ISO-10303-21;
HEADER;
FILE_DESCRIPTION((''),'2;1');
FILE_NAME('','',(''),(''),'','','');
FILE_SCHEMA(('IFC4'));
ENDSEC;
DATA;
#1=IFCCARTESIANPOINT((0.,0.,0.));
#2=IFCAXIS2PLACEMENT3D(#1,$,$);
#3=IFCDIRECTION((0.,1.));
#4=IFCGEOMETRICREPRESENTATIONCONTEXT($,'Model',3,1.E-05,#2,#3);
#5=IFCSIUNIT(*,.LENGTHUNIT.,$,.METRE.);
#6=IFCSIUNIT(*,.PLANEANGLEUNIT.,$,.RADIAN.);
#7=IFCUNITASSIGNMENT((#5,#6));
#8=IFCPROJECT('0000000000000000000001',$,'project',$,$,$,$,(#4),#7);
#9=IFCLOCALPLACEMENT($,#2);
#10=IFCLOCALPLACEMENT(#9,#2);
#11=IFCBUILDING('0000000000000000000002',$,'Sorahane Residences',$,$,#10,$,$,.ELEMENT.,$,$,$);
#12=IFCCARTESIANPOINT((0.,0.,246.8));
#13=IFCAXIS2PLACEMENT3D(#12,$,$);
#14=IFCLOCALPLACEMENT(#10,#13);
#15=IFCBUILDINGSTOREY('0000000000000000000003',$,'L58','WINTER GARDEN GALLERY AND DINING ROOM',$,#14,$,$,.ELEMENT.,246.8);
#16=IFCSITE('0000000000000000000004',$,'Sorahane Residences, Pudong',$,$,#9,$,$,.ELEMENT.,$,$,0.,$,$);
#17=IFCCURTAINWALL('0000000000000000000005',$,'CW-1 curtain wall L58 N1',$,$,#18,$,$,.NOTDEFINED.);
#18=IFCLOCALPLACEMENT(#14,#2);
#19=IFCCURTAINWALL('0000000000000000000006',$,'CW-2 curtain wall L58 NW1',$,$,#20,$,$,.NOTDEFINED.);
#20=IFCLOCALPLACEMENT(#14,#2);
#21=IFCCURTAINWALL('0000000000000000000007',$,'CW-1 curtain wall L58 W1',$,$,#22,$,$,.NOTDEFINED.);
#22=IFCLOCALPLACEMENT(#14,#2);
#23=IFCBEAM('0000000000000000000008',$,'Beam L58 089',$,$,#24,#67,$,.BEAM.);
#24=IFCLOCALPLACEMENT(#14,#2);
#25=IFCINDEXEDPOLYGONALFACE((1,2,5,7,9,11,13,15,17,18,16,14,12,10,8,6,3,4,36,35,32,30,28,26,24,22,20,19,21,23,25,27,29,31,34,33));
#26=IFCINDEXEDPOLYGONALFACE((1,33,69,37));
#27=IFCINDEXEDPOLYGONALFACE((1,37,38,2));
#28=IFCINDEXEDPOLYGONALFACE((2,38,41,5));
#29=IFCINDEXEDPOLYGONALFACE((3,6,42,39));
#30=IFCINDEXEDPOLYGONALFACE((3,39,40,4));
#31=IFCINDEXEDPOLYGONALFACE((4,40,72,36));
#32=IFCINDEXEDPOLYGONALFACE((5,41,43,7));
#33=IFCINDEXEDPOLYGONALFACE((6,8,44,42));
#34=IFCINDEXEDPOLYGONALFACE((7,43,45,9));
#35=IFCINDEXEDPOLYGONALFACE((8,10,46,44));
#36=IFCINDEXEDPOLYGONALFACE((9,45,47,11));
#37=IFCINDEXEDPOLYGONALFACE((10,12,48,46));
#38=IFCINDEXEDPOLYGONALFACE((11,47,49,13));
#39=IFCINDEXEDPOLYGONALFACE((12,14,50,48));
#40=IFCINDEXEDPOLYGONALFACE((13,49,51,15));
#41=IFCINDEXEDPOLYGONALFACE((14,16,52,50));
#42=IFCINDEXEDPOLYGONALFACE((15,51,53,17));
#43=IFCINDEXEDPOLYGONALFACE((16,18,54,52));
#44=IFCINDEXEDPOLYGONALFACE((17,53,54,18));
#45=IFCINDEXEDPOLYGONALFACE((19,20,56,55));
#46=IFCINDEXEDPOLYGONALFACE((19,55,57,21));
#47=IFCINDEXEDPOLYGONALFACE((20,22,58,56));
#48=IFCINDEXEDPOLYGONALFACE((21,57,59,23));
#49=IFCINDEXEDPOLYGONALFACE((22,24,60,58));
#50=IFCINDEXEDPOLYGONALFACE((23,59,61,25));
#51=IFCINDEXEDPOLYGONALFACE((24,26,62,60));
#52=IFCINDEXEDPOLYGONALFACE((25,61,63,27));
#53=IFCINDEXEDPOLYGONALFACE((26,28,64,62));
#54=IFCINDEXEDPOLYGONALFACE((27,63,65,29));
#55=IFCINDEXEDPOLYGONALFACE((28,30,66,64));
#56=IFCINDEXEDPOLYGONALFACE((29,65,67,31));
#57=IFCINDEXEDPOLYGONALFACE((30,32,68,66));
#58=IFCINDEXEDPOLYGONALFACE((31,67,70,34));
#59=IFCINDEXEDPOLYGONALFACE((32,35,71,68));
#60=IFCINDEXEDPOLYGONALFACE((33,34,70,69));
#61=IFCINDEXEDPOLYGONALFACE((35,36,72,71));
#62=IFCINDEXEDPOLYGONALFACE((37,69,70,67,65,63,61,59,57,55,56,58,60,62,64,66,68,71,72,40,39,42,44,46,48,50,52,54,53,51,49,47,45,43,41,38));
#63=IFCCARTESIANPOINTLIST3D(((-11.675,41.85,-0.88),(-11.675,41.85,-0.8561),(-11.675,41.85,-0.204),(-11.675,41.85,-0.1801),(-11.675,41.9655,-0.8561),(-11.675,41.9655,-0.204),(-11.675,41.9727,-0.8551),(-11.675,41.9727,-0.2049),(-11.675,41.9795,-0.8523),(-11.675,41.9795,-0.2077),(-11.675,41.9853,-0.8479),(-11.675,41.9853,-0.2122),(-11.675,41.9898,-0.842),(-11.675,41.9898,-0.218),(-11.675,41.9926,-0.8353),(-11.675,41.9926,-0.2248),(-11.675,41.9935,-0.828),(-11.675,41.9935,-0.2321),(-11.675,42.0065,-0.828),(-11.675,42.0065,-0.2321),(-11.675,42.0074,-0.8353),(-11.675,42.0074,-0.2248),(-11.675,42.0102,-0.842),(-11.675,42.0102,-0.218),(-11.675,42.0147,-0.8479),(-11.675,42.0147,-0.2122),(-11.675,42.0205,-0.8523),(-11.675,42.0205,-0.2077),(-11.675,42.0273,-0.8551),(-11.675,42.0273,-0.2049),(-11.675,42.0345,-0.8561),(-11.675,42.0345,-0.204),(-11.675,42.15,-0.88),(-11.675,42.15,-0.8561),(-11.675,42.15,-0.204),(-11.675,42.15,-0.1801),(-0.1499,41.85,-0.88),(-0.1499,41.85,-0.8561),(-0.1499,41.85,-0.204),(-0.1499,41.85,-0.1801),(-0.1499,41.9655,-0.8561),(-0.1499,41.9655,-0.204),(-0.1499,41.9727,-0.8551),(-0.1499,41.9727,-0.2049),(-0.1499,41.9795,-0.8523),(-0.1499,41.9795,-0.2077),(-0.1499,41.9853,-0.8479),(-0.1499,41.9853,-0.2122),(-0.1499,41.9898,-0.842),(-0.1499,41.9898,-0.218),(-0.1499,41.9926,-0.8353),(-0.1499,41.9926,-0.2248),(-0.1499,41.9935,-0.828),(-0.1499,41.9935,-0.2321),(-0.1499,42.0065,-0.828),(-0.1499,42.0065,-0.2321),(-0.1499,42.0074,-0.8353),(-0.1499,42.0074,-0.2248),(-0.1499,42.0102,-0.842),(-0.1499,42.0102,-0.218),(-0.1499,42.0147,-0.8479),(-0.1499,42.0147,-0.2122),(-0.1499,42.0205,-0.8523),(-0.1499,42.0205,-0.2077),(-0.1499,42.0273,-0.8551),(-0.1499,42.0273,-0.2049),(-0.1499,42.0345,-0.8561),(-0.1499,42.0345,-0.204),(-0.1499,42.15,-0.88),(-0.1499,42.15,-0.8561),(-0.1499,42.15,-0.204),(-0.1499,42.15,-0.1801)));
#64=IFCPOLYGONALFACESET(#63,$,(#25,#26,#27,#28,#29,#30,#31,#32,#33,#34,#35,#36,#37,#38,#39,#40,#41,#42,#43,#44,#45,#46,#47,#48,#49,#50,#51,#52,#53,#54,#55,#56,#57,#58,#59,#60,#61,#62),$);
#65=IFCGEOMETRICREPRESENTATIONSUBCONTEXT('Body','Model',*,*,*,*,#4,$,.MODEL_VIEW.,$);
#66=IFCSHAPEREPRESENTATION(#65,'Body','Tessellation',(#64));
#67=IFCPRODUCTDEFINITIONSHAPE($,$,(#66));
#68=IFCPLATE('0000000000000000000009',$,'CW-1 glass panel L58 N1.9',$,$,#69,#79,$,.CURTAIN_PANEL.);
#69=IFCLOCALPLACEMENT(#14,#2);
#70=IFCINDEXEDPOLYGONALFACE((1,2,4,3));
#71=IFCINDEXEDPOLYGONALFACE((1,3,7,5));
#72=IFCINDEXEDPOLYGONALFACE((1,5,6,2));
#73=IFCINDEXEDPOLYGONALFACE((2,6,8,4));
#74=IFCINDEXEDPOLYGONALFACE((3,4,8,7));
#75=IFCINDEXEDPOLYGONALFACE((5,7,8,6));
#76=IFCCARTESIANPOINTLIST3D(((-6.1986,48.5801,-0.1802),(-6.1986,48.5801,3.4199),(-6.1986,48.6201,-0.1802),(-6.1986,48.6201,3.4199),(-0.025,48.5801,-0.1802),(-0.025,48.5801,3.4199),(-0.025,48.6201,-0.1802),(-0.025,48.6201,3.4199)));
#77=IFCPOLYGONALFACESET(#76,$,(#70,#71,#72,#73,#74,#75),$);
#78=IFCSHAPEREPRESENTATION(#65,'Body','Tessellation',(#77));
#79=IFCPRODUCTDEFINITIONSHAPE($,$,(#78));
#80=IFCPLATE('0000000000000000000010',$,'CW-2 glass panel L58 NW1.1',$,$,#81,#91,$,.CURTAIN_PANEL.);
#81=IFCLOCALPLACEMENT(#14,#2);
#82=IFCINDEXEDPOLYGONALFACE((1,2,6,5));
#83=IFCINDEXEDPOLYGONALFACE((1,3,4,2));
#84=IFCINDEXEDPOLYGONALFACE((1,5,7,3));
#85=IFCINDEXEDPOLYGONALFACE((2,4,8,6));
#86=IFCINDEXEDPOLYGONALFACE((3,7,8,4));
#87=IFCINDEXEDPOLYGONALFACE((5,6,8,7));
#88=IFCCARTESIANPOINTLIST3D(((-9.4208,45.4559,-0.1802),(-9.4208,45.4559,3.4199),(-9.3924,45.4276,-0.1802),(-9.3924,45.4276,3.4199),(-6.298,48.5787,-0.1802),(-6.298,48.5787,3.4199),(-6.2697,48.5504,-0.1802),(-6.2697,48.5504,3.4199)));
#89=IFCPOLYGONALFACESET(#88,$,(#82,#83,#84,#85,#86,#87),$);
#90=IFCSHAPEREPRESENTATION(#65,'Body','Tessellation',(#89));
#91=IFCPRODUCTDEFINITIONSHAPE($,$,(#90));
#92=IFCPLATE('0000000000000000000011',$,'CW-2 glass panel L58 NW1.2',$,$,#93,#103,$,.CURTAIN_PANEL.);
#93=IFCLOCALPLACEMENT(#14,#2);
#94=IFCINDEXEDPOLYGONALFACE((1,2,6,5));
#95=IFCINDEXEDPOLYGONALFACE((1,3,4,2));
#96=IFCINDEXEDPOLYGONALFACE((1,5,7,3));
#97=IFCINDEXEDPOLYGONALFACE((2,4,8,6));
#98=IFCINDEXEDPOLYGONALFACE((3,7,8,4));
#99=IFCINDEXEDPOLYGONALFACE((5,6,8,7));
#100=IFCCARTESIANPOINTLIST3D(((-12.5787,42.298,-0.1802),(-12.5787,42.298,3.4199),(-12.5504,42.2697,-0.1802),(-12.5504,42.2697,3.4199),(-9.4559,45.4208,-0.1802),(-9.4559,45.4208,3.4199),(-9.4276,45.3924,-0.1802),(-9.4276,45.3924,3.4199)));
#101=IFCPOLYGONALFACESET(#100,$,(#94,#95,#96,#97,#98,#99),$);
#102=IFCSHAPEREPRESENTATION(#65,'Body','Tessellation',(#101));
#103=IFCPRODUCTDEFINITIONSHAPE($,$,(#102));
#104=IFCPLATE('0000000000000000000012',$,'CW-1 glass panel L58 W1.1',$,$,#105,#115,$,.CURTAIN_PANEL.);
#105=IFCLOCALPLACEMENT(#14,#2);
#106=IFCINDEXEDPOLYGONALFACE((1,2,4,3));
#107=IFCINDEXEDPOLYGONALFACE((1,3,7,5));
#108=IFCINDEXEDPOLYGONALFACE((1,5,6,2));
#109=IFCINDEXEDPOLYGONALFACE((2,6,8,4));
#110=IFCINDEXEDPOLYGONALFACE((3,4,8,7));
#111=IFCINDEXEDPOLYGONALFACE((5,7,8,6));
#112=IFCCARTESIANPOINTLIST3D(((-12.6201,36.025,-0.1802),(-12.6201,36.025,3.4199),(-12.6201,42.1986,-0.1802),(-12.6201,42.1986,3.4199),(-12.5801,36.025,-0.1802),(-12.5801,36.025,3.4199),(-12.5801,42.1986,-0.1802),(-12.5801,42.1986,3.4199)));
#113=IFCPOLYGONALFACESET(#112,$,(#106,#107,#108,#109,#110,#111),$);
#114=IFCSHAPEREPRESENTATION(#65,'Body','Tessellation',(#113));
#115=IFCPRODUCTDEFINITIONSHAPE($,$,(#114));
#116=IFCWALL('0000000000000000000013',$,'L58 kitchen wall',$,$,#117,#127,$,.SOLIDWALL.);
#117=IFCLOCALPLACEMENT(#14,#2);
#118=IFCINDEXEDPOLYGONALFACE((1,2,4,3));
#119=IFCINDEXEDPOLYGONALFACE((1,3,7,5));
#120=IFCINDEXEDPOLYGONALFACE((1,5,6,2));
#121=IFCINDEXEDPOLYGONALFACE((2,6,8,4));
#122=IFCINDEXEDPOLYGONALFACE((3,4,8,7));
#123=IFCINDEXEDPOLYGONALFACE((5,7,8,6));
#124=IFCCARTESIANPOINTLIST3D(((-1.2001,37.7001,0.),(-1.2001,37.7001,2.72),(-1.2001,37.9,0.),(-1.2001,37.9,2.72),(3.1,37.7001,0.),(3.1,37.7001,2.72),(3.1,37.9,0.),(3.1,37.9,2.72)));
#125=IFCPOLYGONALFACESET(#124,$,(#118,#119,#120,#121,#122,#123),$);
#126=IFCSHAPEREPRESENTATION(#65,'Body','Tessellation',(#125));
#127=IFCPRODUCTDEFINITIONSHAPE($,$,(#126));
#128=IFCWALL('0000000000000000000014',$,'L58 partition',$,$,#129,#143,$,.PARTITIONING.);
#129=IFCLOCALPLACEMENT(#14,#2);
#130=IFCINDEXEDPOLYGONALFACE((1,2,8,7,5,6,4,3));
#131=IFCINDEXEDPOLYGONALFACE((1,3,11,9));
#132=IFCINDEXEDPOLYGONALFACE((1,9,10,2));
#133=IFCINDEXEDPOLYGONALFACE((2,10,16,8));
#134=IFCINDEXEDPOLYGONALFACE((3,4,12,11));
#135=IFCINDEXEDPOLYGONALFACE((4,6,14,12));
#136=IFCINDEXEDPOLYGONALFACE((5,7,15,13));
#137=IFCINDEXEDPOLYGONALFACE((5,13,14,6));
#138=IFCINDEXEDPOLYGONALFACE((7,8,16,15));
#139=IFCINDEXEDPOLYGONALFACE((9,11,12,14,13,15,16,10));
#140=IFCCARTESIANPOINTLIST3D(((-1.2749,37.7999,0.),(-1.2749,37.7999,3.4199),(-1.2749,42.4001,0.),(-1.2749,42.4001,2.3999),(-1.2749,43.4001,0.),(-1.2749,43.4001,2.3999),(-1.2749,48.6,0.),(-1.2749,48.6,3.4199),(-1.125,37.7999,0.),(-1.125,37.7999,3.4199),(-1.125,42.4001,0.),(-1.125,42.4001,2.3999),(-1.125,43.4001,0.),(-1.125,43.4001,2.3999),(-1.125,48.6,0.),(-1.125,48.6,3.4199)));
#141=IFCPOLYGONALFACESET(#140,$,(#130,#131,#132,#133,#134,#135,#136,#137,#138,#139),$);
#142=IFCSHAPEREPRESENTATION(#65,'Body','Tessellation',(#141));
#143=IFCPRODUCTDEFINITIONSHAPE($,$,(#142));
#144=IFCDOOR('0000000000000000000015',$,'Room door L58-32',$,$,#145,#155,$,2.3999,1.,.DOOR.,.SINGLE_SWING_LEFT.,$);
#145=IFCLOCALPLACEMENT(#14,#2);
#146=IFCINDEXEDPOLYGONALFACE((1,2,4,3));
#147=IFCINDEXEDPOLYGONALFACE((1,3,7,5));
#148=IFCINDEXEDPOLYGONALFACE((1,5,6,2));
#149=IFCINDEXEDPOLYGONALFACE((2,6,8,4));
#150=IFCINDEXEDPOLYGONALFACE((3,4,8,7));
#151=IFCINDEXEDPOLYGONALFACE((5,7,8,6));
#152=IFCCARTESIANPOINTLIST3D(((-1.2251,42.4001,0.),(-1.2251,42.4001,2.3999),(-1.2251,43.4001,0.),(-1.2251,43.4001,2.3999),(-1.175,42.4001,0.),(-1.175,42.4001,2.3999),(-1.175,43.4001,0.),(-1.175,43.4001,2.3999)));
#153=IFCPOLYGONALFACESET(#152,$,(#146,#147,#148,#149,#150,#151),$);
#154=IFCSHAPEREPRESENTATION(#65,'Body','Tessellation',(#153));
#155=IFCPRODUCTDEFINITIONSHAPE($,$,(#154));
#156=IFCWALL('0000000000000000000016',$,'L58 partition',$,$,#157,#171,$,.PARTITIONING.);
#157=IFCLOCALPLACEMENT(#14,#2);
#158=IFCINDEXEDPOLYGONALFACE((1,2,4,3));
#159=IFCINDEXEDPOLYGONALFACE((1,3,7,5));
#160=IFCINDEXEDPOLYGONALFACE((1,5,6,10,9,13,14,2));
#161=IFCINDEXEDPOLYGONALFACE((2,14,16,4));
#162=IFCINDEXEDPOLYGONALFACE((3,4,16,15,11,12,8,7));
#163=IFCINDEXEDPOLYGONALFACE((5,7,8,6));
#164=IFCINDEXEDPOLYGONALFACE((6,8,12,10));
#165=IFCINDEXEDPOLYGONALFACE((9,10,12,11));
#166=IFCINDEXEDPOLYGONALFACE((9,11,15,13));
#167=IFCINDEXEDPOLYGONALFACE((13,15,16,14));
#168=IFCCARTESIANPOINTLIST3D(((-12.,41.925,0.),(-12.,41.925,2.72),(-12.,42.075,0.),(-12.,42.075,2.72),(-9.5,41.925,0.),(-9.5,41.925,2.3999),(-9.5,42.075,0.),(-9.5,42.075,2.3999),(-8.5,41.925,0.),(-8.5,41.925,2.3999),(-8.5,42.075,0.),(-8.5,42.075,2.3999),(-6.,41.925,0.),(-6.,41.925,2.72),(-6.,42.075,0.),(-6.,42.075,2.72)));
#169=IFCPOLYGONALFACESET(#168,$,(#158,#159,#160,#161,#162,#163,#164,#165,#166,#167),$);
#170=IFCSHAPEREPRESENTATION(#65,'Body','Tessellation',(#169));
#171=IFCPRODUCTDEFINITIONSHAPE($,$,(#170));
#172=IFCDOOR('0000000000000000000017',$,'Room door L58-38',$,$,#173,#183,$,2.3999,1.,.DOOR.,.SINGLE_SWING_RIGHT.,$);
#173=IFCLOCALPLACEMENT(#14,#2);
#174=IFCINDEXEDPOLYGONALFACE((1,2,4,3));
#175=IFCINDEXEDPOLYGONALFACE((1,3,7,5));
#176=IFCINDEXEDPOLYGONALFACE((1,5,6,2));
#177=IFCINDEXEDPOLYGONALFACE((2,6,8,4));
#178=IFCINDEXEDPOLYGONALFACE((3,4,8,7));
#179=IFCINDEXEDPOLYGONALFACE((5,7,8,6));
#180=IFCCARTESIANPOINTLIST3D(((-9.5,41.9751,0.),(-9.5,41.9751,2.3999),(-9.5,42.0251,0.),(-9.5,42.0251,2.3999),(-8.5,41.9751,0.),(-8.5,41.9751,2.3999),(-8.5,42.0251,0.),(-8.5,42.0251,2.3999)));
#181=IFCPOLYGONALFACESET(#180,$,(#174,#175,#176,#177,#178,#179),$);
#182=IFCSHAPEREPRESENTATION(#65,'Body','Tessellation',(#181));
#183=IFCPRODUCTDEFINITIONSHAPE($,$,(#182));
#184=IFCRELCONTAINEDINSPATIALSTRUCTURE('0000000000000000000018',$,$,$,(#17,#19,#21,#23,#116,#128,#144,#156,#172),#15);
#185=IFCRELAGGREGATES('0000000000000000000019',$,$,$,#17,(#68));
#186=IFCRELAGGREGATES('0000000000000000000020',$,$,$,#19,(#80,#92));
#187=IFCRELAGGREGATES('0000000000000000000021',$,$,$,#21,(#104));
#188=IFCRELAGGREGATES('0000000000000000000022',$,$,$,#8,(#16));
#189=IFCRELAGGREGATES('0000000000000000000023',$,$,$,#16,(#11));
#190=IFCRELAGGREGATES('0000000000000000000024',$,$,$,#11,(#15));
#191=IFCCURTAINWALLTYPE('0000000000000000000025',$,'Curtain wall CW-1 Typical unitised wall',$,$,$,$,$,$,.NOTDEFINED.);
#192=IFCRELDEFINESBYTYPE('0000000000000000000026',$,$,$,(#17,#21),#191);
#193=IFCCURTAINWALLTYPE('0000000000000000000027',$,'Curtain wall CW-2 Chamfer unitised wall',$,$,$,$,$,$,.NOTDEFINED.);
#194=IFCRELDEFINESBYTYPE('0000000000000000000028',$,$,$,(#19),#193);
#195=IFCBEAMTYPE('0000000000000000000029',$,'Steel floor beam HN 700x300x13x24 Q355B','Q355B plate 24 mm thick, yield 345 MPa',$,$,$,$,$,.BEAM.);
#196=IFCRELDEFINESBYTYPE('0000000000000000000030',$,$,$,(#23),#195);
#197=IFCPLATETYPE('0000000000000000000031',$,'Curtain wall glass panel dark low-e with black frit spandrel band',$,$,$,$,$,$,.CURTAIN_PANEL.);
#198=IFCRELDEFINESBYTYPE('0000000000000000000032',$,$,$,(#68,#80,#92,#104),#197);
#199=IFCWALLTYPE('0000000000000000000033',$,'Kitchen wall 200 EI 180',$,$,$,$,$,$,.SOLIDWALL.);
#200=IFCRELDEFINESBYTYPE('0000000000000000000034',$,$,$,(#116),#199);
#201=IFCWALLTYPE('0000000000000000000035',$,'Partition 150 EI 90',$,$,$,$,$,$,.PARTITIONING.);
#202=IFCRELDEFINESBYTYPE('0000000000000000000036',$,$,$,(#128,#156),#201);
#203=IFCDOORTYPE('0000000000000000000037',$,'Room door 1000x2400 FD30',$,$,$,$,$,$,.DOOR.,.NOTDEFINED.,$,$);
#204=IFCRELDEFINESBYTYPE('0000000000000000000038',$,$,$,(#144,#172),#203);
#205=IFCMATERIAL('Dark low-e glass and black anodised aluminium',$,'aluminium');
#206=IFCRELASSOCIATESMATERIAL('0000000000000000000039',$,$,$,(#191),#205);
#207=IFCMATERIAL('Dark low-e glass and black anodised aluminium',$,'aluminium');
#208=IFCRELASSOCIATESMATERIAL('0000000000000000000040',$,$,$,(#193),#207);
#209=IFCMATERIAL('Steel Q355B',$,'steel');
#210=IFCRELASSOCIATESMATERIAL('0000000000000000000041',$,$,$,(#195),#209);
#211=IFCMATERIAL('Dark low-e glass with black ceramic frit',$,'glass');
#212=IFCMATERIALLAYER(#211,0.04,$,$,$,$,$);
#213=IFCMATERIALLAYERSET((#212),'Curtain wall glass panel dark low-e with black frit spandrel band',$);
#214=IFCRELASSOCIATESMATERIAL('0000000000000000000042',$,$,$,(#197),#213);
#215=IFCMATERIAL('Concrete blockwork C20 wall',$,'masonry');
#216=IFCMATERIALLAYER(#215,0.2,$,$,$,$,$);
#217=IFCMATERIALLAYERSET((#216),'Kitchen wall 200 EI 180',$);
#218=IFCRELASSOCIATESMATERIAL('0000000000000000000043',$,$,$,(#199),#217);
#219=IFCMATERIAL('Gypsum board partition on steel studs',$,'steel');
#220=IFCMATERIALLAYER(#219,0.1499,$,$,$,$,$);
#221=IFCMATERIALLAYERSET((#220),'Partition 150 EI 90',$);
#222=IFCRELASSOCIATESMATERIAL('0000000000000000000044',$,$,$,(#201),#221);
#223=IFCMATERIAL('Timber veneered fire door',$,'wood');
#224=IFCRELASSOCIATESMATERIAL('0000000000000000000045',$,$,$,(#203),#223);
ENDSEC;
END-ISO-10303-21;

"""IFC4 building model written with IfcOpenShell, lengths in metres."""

from ifc_helpers import new_model, si_unit, direction, frame, frame_2d, origin, origin_2d, place, context, subcontext, project, spatial, rectangle, i_section, extrude, material, layer, layer_set, material_profile, profile_set, type_object, element, fill, aggregate, save


model = new_model("IFC4")

# Units and contexts
model_context = context("Model", 3, precision=1e-05, world=origin(), true_north=direction((0.0, 1.0)))
body_context = subcontext(model_context, "Body", "Model", "MODEL_VIEW")
ifc_project = project(units=[si_unit("LENGTHUNIT", "METRE"), si_unit("PLANEANGLEUNIT", "RADIAN")], contexts=[model_context])

# Site, building, storey
site_placement = place(None, origin())
site = spatial("IfcSite", under=ifc_project, at=site_placement, Name="Sorahane Residences, Pudong", CompositionType="ELEMENT", RefElevation=0.0)
building_placement = place(site_placement, origin())
building = spatial("IfcBuilding", under=site, at=building_placement, Name="Sorahane Residences", CompositionType="ELEMENT")
storey_placement = place(building_placement, frame((0.0, 0.0, 246.8)))
storey = spatial("IfcBuildingStorey", under=building, at=storey_placement, Name="L58", Description="WINTER GARDEN GALLERY AND DINING ROOM", CompositionType="ELEMENT", Elevation=246.8)

# Curtain walls
ifc_material_1 = material(Name="Dark low-e glass and black anodised aluminium", Category="aluminium")
curtain_wall_type_1 = type_object("IfcCurtainWallType", Name="Curtain wall CW-1 Typical unitised wall", PredefinedType="NOTDEFINED", material=ifc_material_1)
curtain_wall_1_placement = place(storey_placement, origin())
curtain_wall_1 = element("IfcCurtainWall", 1, at=curtain_wall_1_placement, inside=storey, type_object=curtain_wall_type_1, Name="CW-1 curtain wall L58 N1", PredefinedType="NOTDEFINED")
ifc_material_2 = material(Name="Dark low-e glass and black anodised aluminium", Category="aluminium")
curtain_wall_type_2 = type_object("IfcCurtainWallType", Name="Curtain wall CW-2 Chamfer unitised wall", PredefinedType="NOTDEFINED", material=ifc_material_2)
curtain_wall_2_placement = place(storey_placement, origin())
curtain_wall_2 = element("IfcCurtainWall", 2, at=curtain_wall_2_placement, inside=storey, type_object=curtain_wall_type_2, Name="CW-2 curtain wall L58 NW1", PredefinedType="NOTDEFINED")

# Curtain wall
curtain_wall_3_placement = place(storey_placement, origin())
curtain_wall_3 = element("IfcCurtainWall", 3, at=curtain_wall_3_placement, inside=storey, type_object=curtain_wall_type_1, Name="CW-1 curtain wall L58 W1", PredefinedType="NOTDEFINED")

# Beam
ifc_material_3 = material(Name="Steel Q355B", Category="steel")
ifc_material_profile_1 = material_profile(ifc_material_3, i_section(OverallWidth=0.3, OverallDepth=0.7, WebThickness=0.0129, FlangeThickness=0.0239, FilletRadius=0.0281, at=origin_2d()), Name="HN 700x300x13x24")
ifc_profile_set_1 = profile_set([ifc_material_profile_1], Name="Steel Q355B")
beam_type_1 = type_object("IfcBeamType", Name="Steel floor beam HN 700x300x13x24 Q355B", Description="Q355B plate 24 mm thick, yield 345 MPa", PredefinedType="BEAM", material=ifc_profile_set_1)
beam_1_placement = place(storey_placement, frame((-11.675, 42.0, -0.53), z_axis=(1.0, 0.0, 0.0), x_axis=(0.0, 1.0, 0.0)))
element("IfcBeam", 4, at=beam_1_placement, inside=storey, type_object=beam_type_1, Name="Beam L58 089", PredefinedType="BEAM", context=body_context, shape_type="SweptSolid", body=[
    extrude(i_section(OverallWidth=0.3, OverallDepth=0.7, WebThickness=0.0129, FlangeThickness=0.0239, FilletRadius=0.0281, at=origin_2d()), origin(), (0.0, 0.0, 1.0), 11.5251),
])

# Plates
ifc_material_4 = material(Name="Dark low-e glass with black ceramic frit", Category="glass")
ifc_layer_1 = layer(ifc_material_4, 0.04)
ifc_layer_set_1 = layer_set([ifc_layer_1], Name="Curtain wall glass panel dark low-e with black frit spandrel band")
plate_type = type_object("IfcPlateType", Name="Curtain wall glass panel dark low-e with black frit spandrel band", PredefinedType="CURTAIN_PANEL", material=ifc_layer_set_1)
plate_1_placement = place(storey_placement, frame((-3.1118, 48.6001, -0.1802), z_axis=(0.0, 0.0, 1.0), x_axis=(-1.0, 0.0, 0.0)))
plate_1 = element("IfcPlate", 5, at=plate_1_placement, type_object=plate_type, Name="CW-1 glass panel L58 N1.9", PredefinedType="CURTAIN_PANEL", context=body_context, shape_type="SweptSolid", body=[
    extrude(rectangle(XDim=6.1736, YDim=0.04, at=origin_2d()), origin(), (0.0, 0.0, 1.0), 3.6001),
])
aggregate(curtain_wall_1, [plate_1])
plate_2_placement = place(storey_placement, frame((-7.8452, 47.0032, -0.1802), z_axis=(0.0, 0.0, 1.0), x_axis=(-0.707107, -0.707107, 0.0)))
plate_2 = element("IfcPlate", 6, at=plate_2_placement, type_object=plate_type, Name="CW-2 glass panel L58 NW1.1", PredefinedType="CURTAIN_PANEL", context=body_context, shape_type="SweptSolid", body=[
    extrude(rectangle(XDim=4.4163, YDim=0.04, at=origin_2d()), origin(), (0.0, 0.0, 1.0), 3.6001),
])
plate_3_placement = place(storey_placement, frame((-11.0032, 43.8452, -0.1802), z_axis=(0.0, 0.0, 1.0), x_axis=(-0.707107, -0.707107, 0.0)))
plate_3 = element("IfcPlate", 7, at=plate_3_placement, type_object=plate_type, Name="CW-2 glass panel L58 NW1.2", PredefinedType="CURTAIN_PANEL", context=body_context, shape_type="SweptSolid", body=[
    extrude(rectangle(XDim=4.4163, YDim=0.04, at=origin_2d()), origin(), (0.0, 0.0, 1.0), 3.6001),
])
aggregate(curtain_wall_2, [plate_2, plate_3])
plate_4_placement = place(storey_placement, frame((-12.6001, 39.1118, -0.1802), z_axis=(0.0, 0.0, 1.0), x_axis=(0.0, -1.0, 0.0)))
plate_4 = element("IfcPlate", 8, at=plate_4_placement, type_object=plate_type, Name="CW-1 glass panel L58 W1.1", PredefinedType="CURTAIN_PANEL", context=body_context, shape_type="SweptSolid", body=[
    extrude(rectangle(XDim=6.1736, YDim=0.04, at=origin_2d()), origin(), (0.0, 0.0, 1.0), 3.6001),
])
aggregate(curtain_wall_3, [plate_4])

# Wall
ifc_material_5 = material(Name="Concrete blockwork C20 wall", Category="masonry")
ifc_layer_2 = layer(ifc_material_5, 0.2)
ifc_layer_set_2 = layer_set([ifc_layer_2], Name="Kitchen wall 200 EI 180")
wall_type_1 = type_object("IfcWallType", Name="Kitchen wall 200 EI 180", PredefinedType="SOLIDWALL", material=ifc_layer_set_2)
wall_1_placement = place(storey_placement, frame((-1.2, 37.8, 0.0), z_axis=(0.0, 0.0, 1.0), x_axis=(1.0, 0.0, 0.0)))
element("IfcWall", 9, at=wall_1_placement, inside=storey, type_object=wall_type_1, Name="L58 kitchen wall", PredefinedType="SOLIDWALL", context=body_context, shape_type="SweptSolid", body=[
    extrude(rectangle(XDim=4.3, YDim=0.2, at=frame_2d((2.1499, 0.0))), origin(), (0.0, 0.0, 1.0), 2.72),
])

# Walls, openings, doors
ifc_material_6 = material(Name="Gypsum board partition on steel studs", Category="steel")
ifc_layer_3 = layer(ifc_material_6, 0.1499)
ifc_layer_set_3 = layer_set([ifc_layer_3], Name="Partition 150 EI 90")
wall_type_2 = type_object("IfcWallType", Name="Partition 150 EI 90", PredefinedType="PARTITIONING", material=ifc_layer_set_3)
wall_2_placement = place(storey_placement, frame((-1.2, 37.8, 0.0), z_axis=(0.0, 0.0, 1.0), x_axis=(0.0, 1.0, 0.0)))
wall_2 = element("IfcWall", 10, at=wall_2_placement, inside=storey, type_object=wall_type_2, Name="L58 partition", PredefinedType="PARTITIONING", context=body_context, shape_type="SweptSolid", body=[
    extrude(rectangle(XDim=10.8, YDim=0.1499, at=frame_2d((5.3999, 0.0))), origin(), (0.0, 0.0, 1.0), 3.4199),
])
opening_1_placement = place(wall_2_placement, frame((4.6001, 0.0, 0.0)))
opening_1 = element("IfcOpeningElement", 11, at=opening_1_placement, cuts=wall_2, PredefinedType="OPENING", context=body_context, shape_type="SweptSolid", body=[
    extrude(rectangle(XDim=1.0, YDim=2.3999, at=frame_2d((0.5, 1.2))), frame((0.0, 0.085, 0.0), z_axis=(0.0, -1.0, 0.0), x_axis=(1.0, 0.0, 0.0)), (0.0, 0.0, 1.0), 0.1699),
])
ifc_material_7 = material(Name="Timber veneered fire door", Category="wood")
door_type = type_object("IfcDoorType", Name="Room door 1000x2400 FD30", OperationType="NOTDEFINED", PredefinedType="DOOR", material=ifc_material_7)
door_1_placement = place(opening_1_placement, frame((1.0, 0.0, 0.0), z_axis=(0.0, 0.0, 1.0), x_axis=(-1.0, 0.0, 0.0)))
door_1 = element("IfcDoor", 12, at=door_1_placement, inside=storey, type_object=door_type, Name="Room door L58-32", OperationType="SINGLE_SWING_LEFT", OverallHeight=2.3999, OverallWidth=1.0, PredefinedType="DOOR", context=body_context, shape_type="SweptSolid", body=[
    extrude(rectangle(XDim=1.0, YDim=2.3999, at=frame_2d((0.5, 1.2))), frame((0.0, 0.0249, 0.0), z_axis=(0.0, -1.0, 0.0), x_axis=(1.0, 0.0, 0.0)), (0.0, 0.0, 1.0), 0.05),
])
fill(opening_1, door_1)
wall_3_placement = place(storey_placement, frame((-12.0, 42.0, 0.0), z_axis=(0.0, 0.0, 1.0), x_axis=(1.0, 0.0, 0.0)))
wall_3 = element("IfcWall", 13, at=wall_3_placement, inside=storey, type_object=wall_type_2, Name="L58 partition", PredefinedType="PARTITIONING", context=body_context, shape_type="SweptSolid", body=[
    extrude(rectangle(XDim=6.0, YDim=0.1499, at=frame_2d((3.0, 0.0))), origin(), (0.0, 0.0, 1.0), 2.72),
])
opening_2_placement = place(wall_3_placement, frame((2.5, 0.0, 0.0)))
opening_2 = element("IfcOpeningElement", 14, at=opening_2_placement, cuts=wall_3, PredefinedType="OPENING", context=body_context, shape_type="SweptSolid", body=[
    extrude(rectangle(XDim=1.0, YDim=2.3999, at=frame_2d((0.5, 1.2))), frame((0.0, 0.085, 0.0), z_axis=(0.0, -1.0, 0.0), x_axis=(1.0, 0.0, 0.0)), (0.0, 0.0, 1.0), 0.1699),
])
door_2_placement = place(opening_2_placement, frame((1.0, 0.0, 0.0), z_axis=(0.0, 0.0, 1.0), x_axis=(-1.0, 0.0, 0.0)))
door_2 = element("IfcDoor", 15, at=door_2_placement, inside=storey, type_object=door_type, Name="Room door L58-38", OperationType="SINGLE_SWING_RIGHT", OverallHeight=2.3999, OverallWidth=1.0, PredefinedType="DOOR", context=body_context, shape_type="SweptSolid", body=[
    extrude(rectangle(XDim=1.0, YDim=2.3999, at=frame_2d((0.5, 1.2))), frame((0.0, 0.0249, 0.0), z_axis=(0.0, -1.0, 0.0), x_axis=(1.0, 0.0, 0.0)), (0.0, 0.0, 1.0), 0.05),
])
fill(opening_2, door_2)

save(model, "model.ifc")
